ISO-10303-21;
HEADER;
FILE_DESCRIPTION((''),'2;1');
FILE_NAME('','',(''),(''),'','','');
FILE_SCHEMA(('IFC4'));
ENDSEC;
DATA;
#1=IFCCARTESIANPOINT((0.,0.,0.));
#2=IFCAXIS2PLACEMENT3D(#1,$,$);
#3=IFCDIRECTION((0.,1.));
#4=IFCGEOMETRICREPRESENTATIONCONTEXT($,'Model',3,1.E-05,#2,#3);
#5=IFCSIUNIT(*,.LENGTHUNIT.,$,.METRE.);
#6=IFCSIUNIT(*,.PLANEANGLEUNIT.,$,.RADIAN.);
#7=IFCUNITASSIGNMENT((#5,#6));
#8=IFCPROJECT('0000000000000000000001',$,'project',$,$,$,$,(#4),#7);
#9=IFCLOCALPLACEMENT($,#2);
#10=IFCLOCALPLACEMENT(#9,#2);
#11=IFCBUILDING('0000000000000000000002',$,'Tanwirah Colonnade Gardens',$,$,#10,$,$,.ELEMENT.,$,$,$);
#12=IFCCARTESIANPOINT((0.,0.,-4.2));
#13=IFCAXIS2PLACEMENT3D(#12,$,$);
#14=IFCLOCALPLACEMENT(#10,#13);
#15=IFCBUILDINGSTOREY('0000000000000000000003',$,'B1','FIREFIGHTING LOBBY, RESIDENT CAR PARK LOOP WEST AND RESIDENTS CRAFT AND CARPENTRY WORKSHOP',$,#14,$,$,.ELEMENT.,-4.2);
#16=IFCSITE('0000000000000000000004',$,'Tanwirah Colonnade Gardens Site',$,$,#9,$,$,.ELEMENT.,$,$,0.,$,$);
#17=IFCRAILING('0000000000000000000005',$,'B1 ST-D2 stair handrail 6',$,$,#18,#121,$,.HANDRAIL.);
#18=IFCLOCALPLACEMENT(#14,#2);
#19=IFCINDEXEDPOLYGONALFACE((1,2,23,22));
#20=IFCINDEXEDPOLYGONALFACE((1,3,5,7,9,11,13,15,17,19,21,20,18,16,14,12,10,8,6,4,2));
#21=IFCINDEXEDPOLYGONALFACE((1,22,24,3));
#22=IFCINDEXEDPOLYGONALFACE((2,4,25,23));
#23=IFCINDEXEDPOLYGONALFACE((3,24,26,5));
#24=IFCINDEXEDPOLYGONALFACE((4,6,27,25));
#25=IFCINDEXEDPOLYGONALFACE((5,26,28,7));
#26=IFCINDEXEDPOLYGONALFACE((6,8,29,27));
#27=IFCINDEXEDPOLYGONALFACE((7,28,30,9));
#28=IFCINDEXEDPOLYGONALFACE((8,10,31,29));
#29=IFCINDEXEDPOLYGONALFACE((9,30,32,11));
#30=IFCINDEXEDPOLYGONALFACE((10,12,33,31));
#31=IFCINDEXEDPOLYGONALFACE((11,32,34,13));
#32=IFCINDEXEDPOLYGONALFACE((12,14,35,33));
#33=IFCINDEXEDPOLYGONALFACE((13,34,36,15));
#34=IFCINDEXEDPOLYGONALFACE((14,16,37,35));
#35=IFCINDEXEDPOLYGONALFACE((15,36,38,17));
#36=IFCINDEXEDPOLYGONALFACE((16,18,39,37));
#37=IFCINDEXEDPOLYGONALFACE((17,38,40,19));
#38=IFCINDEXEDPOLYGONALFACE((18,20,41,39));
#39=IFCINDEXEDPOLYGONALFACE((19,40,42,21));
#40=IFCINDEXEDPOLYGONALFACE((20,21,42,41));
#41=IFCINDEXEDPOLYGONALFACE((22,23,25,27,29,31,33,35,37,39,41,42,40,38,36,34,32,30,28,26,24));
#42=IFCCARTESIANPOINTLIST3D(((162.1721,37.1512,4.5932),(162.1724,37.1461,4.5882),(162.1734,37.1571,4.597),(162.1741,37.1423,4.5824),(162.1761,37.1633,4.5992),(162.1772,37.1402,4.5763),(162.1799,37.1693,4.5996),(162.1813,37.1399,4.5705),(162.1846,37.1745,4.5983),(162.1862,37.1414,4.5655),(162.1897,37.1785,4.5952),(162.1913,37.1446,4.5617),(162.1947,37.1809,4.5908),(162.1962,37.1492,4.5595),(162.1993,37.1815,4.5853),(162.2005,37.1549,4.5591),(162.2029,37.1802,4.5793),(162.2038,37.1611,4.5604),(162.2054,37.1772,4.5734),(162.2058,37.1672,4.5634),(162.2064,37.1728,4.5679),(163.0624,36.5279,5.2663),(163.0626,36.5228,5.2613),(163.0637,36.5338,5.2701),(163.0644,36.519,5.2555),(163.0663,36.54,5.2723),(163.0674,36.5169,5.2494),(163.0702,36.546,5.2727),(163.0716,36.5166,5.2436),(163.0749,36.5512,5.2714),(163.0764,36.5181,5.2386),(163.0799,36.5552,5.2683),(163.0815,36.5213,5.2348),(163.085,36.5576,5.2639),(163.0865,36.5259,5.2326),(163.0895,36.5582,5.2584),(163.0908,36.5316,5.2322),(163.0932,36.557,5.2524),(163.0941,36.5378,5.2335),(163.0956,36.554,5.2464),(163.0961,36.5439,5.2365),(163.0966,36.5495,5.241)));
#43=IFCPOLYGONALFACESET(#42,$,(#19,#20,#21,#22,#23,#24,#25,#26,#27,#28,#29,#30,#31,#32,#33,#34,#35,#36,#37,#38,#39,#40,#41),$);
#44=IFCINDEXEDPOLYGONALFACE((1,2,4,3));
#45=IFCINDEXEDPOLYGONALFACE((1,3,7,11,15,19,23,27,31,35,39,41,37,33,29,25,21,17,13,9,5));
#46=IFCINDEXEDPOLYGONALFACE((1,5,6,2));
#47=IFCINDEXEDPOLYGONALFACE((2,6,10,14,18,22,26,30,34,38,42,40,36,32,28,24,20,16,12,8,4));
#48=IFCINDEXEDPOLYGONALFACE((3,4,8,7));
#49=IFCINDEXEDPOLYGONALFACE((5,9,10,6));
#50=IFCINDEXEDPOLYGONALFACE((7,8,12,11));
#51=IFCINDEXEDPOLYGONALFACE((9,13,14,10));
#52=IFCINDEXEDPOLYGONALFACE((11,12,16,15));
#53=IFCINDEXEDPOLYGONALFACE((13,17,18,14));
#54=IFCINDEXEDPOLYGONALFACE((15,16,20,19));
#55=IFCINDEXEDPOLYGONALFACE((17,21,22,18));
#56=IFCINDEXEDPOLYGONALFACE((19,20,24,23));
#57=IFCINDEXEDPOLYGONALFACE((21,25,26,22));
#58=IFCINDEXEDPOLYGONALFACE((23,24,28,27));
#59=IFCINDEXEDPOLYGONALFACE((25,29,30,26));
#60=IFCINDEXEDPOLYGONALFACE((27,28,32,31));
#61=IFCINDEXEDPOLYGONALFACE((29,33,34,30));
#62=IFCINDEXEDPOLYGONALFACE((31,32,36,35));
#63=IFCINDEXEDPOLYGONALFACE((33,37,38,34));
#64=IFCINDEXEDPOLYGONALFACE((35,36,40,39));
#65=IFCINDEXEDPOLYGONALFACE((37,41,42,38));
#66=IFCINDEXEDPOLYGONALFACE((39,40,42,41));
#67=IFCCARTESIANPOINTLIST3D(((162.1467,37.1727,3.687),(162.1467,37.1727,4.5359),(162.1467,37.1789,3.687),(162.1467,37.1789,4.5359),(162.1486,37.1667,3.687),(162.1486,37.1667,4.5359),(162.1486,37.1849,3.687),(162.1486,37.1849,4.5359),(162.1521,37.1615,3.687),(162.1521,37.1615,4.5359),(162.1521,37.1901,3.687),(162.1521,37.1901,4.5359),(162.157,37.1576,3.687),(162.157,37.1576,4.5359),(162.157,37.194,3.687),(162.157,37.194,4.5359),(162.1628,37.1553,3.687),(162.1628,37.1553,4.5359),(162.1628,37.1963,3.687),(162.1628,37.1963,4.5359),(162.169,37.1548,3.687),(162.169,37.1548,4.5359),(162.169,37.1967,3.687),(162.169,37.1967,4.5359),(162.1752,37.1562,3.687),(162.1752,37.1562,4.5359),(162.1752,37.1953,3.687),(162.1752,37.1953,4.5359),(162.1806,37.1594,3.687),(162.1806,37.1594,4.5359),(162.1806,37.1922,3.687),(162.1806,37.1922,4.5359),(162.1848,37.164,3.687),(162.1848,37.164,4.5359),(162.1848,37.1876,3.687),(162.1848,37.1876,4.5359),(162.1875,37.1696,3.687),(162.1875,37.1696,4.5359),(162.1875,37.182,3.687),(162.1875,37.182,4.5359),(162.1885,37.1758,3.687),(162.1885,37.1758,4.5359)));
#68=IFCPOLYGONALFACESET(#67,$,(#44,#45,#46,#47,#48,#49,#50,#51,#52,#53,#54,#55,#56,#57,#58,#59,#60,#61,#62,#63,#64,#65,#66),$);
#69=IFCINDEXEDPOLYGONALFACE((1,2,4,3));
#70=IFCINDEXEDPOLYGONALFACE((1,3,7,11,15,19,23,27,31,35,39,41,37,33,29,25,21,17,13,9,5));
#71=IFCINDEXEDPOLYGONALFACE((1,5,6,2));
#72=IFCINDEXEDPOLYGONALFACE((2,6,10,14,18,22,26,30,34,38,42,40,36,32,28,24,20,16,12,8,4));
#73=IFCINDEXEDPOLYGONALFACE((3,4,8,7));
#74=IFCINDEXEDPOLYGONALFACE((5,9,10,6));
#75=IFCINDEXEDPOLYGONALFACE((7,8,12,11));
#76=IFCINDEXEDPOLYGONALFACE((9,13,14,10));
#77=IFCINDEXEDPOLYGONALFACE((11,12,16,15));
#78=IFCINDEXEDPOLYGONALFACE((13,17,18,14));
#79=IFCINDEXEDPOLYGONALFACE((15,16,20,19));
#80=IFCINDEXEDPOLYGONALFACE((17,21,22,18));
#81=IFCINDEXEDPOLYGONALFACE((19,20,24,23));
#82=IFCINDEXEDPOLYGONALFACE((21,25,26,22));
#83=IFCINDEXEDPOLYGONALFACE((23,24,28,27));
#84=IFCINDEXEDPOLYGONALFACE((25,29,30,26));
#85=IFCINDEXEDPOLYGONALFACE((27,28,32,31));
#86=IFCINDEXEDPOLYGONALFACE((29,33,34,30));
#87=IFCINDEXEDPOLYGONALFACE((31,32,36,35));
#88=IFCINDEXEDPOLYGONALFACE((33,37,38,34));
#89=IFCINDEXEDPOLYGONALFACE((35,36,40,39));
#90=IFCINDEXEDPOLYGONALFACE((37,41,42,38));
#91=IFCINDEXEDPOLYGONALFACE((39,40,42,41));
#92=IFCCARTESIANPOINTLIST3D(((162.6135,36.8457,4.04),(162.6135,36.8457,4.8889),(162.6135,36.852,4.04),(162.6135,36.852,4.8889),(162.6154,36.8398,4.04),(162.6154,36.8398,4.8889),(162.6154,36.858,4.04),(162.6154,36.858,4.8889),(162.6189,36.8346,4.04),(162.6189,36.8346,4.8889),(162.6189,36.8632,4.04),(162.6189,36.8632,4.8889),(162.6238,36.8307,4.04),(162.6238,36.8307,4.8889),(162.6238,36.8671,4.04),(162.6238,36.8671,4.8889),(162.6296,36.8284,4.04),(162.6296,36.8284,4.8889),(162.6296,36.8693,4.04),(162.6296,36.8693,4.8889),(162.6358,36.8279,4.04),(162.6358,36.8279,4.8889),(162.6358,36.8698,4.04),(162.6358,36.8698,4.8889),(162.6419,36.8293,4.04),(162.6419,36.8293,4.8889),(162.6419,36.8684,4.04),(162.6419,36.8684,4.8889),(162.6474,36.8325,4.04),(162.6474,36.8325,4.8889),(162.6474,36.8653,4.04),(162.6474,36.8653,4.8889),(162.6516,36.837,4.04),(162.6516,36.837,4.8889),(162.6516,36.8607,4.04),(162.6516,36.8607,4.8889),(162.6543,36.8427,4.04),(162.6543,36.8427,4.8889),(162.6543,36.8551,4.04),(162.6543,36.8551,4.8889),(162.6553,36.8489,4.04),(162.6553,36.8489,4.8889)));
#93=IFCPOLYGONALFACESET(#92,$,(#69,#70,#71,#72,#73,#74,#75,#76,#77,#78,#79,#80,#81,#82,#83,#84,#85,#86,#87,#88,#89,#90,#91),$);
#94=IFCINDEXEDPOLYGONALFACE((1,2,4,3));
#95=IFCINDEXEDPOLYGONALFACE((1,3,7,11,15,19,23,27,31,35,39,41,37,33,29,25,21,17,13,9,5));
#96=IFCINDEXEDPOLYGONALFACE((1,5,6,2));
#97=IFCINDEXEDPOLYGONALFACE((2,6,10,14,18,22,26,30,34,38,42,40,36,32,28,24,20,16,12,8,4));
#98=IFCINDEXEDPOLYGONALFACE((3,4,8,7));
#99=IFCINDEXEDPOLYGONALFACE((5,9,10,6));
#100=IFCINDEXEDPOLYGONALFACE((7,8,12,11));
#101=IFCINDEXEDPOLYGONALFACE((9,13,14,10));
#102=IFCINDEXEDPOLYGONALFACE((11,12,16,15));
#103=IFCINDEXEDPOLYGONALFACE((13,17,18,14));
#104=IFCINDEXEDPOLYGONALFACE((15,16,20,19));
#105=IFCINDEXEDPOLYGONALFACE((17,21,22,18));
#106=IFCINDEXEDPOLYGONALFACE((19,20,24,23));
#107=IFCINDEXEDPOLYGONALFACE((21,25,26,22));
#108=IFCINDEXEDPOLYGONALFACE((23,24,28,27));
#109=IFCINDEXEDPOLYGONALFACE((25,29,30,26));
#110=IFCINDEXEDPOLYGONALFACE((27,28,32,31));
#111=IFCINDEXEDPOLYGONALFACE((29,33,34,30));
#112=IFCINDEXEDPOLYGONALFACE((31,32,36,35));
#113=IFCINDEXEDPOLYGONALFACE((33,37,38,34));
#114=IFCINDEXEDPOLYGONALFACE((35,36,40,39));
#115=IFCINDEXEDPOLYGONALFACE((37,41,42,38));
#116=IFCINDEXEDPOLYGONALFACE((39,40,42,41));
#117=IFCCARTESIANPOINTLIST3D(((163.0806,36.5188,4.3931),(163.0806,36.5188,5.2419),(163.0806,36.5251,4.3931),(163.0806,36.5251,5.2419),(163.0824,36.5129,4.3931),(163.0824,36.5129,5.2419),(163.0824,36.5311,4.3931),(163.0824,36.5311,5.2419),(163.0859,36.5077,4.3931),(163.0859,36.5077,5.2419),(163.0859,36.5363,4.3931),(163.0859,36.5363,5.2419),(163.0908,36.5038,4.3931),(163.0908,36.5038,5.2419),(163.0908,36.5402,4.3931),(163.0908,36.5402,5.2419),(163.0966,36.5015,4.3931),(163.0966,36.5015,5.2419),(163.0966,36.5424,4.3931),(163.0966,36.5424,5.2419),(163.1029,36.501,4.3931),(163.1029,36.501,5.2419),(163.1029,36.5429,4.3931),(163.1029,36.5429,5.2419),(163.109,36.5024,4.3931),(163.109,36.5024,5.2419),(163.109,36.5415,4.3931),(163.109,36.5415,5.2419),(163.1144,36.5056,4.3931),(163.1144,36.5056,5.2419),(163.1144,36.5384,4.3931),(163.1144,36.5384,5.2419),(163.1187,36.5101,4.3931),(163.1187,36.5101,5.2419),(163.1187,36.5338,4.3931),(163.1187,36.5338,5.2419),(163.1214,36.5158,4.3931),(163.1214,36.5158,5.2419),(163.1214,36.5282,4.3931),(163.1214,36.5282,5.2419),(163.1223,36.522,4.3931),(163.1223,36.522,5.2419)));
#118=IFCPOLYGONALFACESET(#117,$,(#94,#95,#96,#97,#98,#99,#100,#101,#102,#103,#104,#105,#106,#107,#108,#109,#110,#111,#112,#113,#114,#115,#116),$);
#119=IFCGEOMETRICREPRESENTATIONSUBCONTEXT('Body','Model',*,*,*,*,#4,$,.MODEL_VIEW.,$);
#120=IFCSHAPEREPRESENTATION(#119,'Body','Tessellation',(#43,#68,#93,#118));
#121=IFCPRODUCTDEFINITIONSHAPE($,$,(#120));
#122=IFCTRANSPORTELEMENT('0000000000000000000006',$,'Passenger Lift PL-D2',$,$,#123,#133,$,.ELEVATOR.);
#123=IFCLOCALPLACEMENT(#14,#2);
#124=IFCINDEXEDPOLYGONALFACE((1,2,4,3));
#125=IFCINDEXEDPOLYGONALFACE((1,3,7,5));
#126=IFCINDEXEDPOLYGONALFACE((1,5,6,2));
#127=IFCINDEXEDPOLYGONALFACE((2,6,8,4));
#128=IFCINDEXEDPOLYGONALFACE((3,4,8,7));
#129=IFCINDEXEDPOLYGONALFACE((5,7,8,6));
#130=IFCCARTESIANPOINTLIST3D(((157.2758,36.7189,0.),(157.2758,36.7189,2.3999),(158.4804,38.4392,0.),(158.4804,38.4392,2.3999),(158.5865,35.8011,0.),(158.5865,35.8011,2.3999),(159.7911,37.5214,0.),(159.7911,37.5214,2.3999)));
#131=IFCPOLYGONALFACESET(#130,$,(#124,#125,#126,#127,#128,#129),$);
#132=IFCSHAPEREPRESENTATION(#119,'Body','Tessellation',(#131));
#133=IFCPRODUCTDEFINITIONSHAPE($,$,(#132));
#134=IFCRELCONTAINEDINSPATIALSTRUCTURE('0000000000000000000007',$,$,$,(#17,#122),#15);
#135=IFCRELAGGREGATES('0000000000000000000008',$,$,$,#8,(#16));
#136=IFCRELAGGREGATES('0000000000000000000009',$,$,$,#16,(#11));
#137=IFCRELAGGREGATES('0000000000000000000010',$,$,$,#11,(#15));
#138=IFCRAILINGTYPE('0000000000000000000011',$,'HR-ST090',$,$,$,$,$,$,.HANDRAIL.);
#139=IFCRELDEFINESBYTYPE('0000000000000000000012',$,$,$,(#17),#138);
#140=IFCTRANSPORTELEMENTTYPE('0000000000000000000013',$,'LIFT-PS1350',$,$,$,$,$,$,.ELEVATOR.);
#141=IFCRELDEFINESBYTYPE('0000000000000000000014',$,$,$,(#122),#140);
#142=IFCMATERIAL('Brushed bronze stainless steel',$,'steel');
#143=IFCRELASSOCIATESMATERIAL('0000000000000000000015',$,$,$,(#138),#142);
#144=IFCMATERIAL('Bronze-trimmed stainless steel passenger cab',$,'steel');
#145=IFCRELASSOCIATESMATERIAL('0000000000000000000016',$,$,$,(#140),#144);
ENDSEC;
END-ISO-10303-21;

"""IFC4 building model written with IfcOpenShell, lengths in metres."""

from ifc_helpers import new_model, si_unit, direction, frame, origin, origin_2d, place, context, subcontext, project, spatial, rectangle, circle, extrude, material, type_object, element, save


model = new_model("IFC4")

# Units and contexts
model_context = context("Model", 3, precision=1e-05, world=origin(), true_north=direction((0.0, 1.0)))
body_context = subcontext(model_context, "Body", "Model", "MODEL_VIEW")
ifc_project = project(units=[si_unit("LENGTHUNIT", "METRE"), si_unit("PLANEANGLEUNIT", "RADIAN")], contexts=[model_context])

# Site, building, storey
site_placement = place(None, origin())
site = spatial("IfcSite", under=ifc_project, at=site_placement, Name="Tanwirah Colonnade Gardens Site", CompositionType="ELEMENT", RefElevation=0.0)
building_placement = place(site_placement, origin())
building = spatial("IfcBuilding", under=site, at=building_placement, Name="Tanwirah Colonnade Gardens", CompositionType="ELEMENT")
storey_placement = place(building_placement, frame((0.0, 0.0, -4.2)))
storey = spatial("IfcBuildingStorey", under=building, at=storey_placement, Name="B1", Description="FIREFIGHTING LOBBY, RESIDENT CAR PARK LOOP WEST AND RESIDENTS CRAFT AND CARPENTRY WORKSHOP", CompositionType="ELEMENT", Elevation=-4.2)

# Railing
ifc_material_1 = material(Name="Brushed bronze stainless steel", Category="steel")
railing_type_1 = type_object("IfcRailingType", Name="HR-ST090", PredefinedType="HANDRAIL", material=ifc_material_1)
for number, where, name in (
    (1, (162.1675, 37.1758, 3.687), "B1 ST-D2 stair handrail 6"),
):
    element("IfcRailing", number, at=place(storey_placement, frame(where)), inside=storey, type_object=railing_type_1, Name=name, PredefinedType="HANDRAIL", context=body_context, shape_type="SweptSolid", body=[
        extrude(circle(Radius=0.0239, at=origin_2d()), frame((0.0217, -0.0151, 0.8923), z_axis=(0.696422, -0.487587, 0.52655), x_axis=(0.573534, 0.819182, 0.0)), (0.0, 0.0, 1.0), 1.2783),
        extrude(circle(Radius=0.021, at=origin_2d()), origin(), (0.0, 0.0, 1.0), 0.8489),
        extrude(circle(Radius=0.021, at=origin_2d()), frame((0.4668, -0.3269, 0.353)), (0.0, 0.0, 1.0), 0.8489),
        extrude(circle(Radius=0.021, at=origin_2d()), frame((0.9338, -0.6538, 0.7061)), (0.0, 0.0, 1.0), 0.8489),
    ])

# Transport element
ifc_material_2 = material(Name="Bronze-trimmed stainless steel passenger cab", Category="steel")
transport_element_type = type_object("IfcTransportElementType", Name="LIFT-PS1350", PredefinedType="ELEVATOR", material=ifc_material_2)
transport_element_placement = place(storey_placement, frame((158.5334, 37.1201, 0.0), z_axis=(0.0, 0.0, 1.0), x_axis=(-0.819152, 0.573576, 0.0)))
element("IfcTransportElement", 2, at=transport_element_placement, inside=storey, type_object=transport_element_type, Name="Passenger Lift PL-D2", PredefinedType="ELEVATOR", context=body_context, shape_type="SweptSolid", body=[
    extrude(rectangle(XDim=1.6001, YDim=2.1001, at=origin_2d()), origin(), (0.0, 0.0, 1.0), 2.3999),
])

save(model, "model.ifc")
